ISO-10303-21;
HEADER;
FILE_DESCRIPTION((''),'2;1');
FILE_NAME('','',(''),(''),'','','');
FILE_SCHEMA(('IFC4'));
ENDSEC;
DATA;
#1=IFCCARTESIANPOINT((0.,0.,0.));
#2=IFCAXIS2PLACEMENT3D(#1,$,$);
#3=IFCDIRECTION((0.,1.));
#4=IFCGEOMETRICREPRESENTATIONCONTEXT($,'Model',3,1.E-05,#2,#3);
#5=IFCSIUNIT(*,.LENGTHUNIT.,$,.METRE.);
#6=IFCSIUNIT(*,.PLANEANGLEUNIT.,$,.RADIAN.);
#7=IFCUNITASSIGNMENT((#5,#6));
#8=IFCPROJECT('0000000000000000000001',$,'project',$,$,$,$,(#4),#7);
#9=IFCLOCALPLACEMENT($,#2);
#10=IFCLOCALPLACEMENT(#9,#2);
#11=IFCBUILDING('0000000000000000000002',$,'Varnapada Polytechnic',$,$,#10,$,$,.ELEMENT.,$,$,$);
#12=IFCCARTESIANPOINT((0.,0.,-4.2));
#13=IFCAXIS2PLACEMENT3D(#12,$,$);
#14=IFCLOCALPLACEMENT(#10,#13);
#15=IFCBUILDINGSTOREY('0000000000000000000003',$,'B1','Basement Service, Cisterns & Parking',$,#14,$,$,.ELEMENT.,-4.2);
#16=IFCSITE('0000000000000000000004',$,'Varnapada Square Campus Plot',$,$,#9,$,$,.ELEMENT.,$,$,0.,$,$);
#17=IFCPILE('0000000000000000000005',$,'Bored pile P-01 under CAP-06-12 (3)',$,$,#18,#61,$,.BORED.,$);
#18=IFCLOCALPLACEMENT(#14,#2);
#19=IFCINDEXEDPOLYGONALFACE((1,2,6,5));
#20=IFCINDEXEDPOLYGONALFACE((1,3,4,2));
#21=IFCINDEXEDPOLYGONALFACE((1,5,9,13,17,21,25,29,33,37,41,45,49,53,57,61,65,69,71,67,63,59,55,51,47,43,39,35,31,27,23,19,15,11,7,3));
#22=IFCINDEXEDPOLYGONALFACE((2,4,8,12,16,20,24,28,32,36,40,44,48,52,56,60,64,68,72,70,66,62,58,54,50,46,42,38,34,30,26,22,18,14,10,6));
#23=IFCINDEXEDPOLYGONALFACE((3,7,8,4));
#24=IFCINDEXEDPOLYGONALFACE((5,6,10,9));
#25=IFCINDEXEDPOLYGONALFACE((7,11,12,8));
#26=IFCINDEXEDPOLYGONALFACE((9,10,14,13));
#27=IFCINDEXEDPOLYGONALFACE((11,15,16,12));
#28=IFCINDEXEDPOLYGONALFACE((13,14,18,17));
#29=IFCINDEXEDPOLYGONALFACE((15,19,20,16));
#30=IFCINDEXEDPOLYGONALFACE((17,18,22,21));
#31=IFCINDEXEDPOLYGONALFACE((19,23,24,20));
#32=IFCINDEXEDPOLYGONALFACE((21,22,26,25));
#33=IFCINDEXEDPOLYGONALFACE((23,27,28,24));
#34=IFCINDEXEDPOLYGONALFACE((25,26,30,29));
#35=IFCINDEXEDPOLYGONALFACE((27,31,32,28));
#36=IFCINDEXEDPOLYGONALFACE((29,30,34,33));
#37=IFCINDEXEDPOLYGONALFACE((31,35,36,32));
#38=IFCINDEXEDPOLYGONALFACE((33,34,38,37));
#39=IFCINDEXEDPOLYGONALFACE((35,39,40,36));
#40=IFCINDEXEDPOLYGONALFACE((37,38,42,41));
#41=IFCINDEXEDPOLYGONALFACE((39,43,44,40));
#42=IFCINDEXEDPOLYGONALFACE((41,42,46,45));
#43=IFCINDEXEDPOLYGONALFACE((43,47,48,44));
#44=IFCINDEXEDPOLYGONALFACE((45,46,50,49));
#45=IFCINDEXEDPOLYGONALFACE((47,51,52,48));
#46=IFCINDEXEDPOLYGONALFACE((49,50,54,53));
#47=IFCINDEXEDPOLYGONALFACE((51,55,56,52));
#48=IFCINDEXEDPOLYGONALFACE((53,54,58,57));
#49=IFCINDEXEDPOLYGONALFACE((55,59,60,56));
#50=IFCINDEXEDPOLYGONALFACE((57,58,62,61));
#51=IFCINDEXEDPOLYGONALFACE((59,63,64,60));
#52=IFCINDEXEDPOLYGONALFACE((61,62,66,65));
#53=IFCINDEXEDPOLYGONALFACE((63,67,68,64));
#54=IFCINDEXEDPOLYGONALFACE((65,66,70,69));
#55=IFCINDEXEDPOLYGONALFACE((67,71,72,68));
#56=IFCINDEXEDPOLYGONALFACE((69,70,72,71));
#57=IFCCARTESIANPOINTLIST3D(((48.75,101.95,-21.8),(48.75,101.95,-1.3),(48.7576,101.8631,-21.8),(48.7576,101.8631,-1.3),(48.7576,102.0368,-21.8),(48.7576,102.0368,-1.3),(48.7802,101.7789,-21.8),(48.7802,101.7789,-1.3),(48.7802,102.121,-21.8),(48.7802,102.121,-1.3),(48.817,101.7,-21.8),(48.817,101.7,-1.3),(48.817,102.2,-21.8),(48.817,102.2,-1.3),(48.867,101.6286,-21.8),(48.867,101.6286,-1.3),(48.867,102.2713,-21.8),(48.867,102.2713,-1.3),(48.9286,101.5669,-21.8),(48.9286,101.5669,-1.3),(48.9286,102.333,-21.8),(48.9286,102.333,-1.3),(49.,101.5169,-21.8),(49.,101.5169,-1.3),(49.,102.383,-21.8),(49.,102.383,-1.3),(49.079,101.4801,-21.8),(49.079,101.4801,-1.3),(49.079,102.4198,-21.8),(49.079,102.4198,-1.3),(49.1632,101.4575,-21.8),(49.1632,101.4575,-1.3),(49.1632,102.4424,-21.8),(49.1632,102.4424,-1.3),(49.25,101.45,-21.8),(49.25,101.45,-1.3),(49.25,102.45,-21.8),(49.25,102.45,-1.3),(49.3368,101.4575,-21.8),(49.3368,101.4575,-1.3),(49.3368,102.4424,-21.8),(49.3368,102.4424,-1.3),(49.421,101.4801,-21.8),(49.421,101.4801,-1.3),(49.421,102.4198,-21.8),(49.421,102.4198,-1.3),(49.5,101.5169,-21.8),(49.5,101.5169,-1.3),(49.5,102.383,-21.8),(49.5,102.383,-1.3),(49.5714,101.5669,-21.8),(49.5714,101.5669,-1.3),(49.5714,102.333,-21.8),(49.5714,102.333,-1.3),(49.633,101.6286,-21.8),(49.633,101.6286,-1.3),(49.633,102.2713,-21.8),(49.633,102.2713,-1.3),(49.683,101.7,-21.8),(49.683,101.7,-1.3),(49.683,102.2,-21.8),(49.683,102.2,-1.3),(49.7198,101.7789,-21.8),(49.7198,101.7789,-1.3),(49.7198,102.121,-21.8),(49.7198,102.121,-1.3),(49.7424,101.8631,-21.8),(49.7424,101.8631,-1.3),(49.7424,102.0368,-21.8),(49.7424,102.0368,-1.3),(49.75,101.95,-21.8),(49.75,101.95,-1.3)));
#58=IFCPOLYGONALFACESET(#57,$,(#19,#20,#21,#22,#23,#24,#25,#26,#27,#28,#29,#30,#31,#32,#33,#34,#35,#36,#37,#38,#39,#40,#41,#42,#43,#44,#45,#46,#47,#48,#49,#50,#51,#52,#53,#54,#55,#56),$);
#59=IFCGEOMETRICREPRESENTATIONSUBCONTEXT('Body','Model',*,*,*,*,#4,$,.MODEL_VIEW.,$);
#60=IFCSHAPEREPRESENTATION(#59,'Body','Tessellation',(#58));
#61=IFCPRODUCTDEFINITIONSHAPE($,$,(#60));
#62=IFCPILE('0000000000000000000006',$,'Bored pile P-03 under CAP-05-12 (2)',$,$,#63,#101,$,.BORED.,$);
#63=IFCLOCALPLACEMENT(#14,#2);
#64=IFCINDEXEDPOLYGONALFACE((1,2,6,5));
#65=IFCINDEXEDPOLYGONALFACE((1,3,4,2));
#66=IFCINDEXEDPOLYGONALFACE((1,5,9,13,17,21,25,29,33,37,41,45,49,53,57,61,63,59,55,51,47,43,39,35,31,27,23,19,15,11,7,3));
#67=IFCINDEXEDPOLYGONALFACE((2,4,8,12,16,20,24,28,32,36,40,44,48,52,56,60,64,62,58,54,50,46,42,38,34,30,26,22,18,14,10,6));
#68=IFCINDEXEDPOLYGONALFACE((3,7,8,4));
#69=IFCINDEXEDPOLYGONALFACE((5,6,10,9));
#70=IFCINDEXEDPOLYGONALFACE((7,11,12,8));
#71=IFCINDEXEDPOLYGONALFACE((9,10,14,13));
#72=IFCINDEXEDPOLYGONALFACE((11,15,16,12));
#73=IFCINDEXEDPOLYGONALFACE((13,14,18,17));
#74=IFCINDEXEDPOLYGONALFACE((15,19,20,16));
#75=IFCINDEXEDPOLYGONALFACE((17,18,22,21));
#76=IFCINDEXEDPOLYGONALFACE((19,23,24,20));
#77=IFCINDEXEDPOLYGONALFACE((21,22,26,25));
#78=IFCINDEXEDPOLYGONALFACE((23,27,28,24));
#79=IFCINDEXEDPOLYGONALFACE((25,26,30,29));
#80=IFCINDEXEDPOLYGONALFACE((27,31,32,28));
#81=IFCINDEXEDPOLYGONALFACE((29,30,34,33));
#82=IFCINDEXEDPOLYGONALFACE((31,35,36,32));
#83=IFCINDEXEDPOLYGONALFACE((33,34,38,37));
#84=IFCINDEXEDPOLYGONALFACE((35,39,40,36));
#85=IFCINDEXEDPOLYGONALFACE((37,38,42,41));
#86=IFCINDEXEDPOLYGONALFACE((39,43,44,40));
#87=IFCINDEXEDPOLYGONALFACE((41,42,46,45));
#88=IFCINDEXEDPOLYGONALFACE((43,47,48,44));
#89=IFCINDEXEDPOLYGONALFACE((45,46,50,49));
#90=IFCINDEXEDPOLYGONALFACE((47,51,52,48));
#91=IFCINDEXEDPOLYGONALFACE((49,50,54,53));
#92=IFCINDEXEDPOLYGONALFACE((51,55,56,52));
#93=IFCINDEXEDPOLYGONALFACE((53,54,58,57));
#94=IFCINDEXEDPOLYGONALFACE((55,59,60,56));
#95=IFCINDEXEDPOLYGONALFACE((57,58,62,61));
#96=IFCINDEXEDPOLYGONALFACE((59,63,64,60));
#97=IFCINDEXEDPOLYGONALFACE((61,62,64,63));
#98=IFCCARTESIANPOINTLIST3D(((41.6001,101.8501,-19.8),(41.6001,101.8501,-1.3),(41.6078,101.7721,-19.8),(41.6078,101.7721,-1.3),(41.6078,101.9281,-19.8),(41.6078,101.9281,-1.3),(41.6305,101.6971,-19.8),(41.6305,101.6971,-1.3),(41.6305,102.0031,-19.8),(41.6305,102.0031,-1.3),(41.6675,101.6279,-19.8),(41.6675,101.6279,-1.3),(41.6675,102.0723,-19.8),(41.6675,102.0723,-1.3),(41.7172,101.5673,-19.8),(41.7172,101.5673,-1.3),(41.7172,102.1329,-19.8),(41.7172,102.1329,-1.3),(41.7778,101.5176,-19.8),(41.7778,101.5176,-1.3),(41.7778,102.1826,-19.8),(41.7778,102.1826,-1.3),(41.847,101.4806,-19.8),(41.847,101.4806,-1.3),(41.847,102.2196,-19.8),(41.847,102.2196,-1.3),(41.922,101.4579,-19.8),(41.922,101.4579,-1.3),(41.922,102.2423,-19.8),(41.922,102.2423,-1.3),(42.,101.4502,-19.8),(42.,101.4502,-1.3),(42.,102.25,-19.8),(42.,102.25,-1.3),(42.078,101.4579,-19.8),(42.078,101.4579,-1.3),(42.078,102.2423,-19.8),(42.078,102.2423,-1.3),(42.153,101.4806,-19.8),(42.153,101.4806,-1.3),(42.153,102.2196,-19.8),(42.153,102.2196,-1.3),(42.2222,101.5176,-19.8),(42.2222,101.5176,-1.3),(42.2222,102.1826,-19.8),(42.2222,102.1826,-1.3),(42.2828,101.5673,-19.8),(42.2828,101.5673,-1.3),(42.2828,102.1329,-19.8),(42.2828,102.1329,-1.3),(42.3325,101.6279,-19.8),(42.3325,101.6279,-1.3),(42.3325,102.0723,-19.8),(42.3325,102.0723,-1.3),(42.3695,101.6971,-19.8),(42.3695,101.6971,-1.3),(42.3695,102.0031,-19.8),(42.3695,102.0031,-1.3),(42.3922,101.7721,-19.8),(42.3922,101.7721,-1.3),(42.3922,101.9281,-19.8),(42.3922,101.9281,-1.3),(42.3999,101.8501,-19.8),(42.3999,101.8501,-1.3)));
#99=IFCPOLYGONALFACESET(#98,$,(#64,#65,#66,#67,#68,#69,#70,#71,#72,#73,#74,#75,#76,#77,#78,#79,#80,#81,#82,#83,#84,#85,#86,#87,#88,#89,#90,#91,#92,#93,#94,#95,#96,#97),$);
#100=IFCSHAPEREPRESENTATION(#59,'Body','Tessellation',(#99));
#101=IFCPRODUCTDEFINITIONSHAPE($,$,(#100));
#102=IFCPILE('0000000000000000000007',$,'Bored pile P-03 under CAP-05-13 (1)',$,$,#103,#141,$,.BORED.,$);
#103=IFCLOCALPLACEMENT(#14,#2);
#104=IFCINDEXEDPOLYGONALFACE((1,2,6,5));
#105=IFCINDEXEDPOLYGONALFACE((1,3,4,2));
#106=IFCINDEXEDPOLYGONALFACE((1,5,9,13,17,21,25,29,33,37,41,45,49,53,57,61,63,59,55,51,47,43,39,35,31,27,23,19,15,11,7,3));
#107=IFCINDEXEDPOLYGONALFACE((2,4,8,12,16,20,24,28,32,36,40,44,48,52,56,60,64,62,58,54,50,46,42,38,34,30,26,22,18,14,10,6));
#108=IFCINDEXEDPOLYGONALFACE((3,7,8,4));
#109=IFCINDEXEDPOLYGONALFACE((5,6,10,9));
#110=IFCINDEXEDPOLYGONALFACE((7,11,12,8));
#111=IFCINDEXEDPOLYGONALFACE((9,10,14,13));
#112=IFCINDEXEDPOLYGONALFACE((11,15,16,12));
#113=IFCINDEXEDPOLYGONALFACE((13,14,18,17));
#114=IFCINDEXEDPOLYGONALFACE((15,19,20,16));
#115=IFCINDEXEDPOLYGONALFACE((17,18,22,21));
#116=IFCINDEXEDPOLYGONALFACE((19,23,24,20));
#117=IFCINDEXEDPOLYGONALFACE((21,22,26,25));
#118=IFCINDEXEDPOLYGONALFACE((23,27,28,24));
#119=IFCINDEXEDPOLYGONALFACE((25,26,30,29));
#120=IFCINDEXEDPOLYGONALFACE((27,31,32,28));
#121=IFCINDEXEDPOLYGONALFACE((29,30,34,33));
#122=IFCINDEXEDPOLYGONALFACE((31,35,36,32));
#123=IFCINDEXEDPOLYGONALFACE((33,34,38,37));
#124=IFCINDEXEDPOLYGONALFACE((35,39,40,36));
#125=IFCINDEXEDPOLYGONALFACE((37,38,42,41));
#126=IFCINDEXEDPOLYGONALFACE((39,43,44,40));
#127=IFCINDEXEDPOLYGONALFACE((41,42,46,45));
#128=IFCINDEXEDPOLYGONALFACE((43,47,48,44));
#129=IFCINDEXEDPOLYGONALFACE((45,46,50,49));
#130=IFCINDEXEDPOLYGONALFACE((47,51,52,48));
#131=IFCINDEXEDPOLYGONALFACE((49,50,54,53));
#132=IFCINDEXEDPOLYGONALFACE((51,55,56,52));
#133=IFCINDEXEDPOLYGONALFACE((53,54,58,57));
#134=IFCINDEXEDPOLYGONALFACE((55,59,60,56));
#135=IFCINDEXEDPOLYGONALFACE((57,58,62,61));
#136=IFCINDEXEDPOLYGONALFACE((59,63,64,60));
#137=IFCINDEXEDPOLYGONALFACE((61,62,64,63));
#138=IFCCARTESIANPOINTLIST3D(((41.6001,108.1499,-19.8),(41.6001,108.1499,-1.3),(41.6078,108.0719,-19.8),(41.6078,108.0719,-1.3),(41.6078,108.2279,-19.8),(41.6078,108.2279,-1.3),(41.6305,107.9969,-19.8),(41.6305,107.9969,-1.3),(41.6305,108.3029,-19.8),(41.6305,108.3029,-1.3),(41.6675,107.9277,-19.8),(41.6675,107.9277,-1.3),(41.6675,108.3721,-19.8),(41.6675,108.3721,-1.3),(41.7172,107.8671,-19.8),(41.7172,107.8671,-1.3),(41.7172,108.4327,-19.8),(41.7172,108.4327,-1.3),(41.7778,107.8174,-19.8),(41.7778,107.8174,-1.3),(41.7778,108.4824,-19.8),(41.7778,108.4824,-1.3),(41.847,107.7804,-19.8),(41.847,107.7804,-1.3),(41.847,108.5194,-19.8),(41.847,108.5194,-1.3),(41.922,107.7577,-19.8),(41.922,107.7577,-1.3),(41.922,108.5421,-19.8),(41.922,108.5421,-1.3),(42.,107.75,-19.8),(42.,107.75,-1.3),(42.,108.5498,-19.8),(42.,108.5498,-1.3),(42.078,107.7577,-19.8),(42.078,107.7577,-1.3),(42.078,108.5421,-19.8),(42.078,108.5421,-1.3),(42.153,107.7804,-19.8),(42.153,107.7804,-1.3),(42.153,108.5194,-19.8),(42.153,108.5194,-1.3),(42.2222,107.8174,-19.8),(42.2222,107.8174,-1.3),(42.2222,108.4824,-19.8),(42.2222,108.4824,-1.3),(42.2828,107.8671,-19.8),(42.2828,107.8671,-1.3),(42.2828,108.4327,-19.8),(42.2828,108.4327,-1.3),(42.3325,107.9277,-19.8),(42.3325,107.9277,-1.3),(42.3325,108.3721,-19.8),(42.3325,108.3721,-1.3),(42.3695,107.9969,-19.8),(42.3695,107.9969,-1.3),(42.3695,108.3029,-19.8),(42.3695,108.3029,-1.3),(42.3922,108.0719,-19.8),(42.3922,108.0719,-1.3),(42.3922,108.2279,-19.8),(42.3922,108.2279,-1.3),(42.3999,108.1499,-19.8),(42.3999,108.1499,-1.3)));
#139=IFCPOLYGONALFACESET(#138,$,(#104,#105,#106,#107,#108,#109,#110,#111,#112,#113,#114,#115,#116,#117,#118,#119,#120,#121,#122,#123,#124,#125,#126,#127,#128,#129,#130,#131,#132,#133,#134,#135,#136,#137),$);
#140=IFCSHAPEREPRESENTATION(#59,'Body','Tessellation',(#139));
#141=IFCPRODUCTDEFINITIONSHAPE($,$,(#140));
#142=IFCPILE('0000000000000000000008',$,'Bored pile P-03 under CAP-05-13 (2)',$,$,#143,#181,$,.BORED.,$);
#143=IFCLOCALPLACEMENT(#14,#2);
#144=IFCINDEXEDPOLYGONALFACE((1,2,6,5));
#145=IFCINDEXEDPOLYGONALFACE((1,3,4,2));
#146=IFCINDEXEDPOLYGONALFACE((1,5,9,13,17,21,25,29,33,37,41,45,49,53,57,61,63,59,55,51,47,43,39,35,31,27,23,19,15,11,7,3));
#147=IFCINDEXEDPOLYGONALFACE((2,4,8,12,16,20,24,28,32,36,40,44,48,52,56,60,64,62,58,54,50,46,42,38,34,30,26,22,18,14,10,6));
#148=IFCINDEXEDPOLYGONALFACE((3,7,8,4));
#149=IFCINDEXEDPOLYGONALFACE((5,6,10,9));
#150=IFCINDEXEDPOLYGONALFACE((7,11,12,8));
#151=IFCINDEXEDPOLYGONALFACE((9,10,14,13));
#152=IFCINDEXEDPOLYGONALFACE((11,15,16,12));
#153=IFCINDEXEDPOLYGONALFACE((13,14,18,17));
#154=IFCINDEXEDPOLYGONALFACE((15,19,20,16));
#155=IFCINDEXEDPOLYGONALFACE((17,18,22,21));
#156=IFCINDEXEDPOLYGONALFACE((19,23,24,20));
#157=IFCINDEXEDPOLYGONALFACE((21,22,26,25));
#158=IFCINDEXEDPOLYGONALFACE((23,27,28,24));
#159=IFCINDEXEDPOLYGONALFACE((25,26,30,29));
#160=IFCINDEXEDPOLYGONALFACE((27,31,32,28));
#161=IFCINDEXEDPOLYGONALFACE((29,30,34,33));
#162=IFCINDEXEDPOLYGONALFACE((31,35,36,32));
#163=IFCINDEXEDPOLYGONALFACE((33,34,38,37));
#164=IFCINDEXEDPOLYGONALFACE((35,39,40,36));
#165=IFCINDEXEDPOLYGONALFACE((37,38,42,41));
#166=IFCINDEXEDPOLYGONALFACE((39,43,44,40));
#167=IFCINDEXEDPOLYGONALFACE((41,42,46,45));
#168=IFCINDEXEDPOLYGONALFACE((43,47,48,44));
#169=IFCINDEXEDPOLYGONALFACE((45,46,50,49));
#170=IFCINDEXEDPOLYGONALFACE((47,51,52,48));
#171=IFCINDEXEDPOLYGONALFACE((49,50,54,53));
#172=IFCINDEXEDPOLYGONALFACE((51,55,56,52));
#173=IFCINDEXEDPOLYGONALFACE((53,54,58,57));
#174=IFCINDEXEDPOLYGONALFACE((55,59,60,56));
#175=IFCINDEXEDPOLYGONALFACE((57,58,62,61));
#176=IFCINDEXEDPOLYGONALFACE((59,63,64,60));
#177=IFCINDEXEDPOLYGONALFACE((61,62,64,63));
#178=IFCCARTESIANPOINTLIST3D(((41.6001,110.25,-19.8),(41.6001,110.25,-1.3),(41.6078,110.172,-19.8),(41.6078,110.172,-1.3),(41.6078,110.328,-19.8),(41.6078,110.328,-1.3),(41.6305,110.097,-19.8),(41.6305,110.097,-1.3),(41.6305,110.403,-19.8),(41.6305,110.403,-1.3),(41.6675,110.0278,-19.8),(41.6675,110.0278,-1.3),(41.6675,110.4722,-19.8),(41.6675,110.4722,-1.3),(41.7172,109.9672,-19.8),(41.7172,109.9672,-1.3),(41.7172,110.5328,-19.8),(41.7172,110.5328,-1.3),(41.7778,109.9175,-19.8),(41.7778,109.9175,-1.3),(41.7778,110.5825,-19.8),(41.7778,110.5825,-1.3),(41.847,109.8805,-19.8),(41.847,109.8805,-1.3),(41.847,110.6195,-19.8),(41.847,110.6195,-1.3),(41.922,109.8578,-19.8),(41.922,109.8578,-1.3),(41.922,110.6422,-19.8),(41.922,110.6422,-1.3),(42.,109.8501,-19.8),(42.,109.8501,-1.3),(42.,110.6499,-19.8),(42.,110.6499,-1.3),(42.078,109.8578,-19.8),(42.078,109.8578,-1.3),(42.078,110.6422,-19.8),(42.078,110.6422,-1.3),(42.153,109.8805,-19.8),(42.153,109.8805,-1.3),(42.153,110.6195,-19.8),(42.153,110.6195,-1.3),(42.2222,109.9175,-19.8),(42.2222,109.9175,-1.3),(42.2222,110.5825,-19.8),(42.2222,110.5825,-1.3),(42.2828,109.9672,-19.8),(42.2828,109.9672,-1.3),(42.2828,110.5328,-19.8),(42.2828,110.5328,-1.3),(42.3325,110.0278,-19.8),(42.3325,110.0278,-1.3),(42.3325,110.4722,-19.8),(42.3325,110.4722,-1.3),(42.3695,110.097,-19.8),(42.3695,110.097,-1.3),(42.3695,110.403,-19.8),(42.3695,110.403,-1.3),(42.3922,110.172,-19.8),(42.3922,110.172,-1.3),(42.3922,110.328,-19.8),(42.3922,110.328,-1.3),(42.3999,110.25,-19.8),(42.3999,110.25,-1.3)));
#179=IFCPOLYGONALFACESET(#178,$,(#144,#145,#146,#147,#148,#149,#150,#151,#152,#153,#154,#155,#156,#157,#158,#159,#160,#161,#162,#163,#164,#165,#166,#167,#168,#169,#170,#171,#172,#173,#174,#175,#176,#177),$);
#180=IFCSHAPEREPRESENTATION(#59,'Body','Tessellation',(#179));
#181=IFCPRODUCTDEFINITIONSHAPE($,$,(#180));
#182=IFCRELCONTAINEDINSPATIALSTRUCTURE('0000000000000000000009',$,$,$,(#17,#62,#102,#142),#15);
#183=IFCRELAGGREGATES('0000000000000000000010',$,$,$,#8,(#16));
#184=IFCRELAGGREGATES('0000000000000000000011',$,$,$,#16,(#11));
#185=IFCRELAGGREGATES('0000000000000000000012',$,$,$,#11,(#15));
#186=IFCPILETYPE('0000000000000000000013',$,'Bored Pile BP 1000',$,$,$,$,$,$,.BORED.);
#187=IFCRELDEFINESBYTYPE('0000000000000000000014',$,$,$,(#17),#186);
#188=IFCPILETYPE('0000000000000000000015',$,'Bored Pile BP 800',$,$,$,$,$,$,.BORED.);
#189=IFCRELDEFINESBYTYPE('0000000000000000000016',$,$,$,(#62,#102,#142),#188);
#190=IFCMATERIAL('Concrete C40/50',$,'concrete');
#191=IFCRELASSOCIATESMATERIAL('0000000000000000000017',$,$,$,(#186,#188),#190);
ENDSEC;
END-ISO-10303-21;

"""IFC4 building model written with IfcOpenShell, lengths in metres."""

from ifc_helpers import new_model, si_unit, direction, frame, origin, origin_2d, place, context, subcontext, project, spatial, circle, extrude, material, material_profile, profile_set, type_object, element, save


model = new_model("IFC4")

# Units and contexts
model_context = context("Model", 3, precision=1e-05, world=origin(), true_north=direction((0.0, 1.0)))
body_context = subcontext(model_context, "Body", "Model", "MODEL_VIEW")
ifc_project = project(units=[si_unit("LENGTHUNIT", "METRE"), si_unit("PLANEANGLEUNIT", "RADIAN")], contexts=[model_context])

# Site, building, storey
site_placement = place(None, origin())
site = spatial("IfcSite", under=ifc_project, at=site_placement, Name="Varnapada Square Campus Plot", CompositionType="ELEMENT", RefElevation=0.0)
building_placement = place(site_placement, origin())
building = spatial("IfcBuilding", under=site, at=building_placement, Name="Varnapada Polytechnic", CompositionType="ELEMENT")
storey_placement = place(building_placement, frame((0.0, 0.0, -4.2)))
storey = spatial("IfcBuildingStorey", under=building, at=storey_placement, Name="B1", Description="Basement Service, Cisterns & Parking", CompositionType="ELEMENT", Elevation=-4.2)

# Piles
ifc_material_1 = material(Name="Concrete C40/50", Category="concrete")
ifc_material_profile_1 = material_profile(ifc_material_1, circle(Radius=0.5, at=origin_2d()), Name="BP 1000")
ifc_profile_set_1 = profile_set([ifc_material_profile_1], Name="Concrete C40/50")
pile_type_1 = type_object("IfcPileType", Name="Bored Pile BP 1000", PredefinedType="BORED", material=ifc_profile_set_1)
pile_placement = place(storey_placement, frame((49.25, 101.95, -1.3), z_axis=(0.0, 0.0, -1.0), x_axis=(1.0, 0.0, 0.0)))
element("IfcPile", 1, at=pile_placement, inside=storey, type_object=pile_type_1, Name="Bored pile P-01 under CAP-06-12 (3)", PredefinedType="BORED", context=body_context, shape_type="SweptSolid", body=[
    extrude(circle(Radius=0.5, at=origin_2d()), origin(), (0.0, 0.0, 1.0), 20.5),
])
ifc_material_profile_2 = material_profile(ifc_material_1, circle(Radius=0.3999, at=origin_2d()), Name="BP 800")
ifc_profile_set_2 = profile_set([ifc_material_profile_2], Name="Concrete C40/50")
pile_type_2 = type_object("IfcPileType", Name="Bored Pile BP 800", PredefinedType="BORED", material=ifc_profile_set_2)
for number, where, z_axis, x_axis, name in (
    (2, (42.0, 101.8501, -1.3), (0.0, 0.0, -1.0), (1.0, 0.0, 0.0), "Bored pile P-03 under CAP-05-12 (2)"),
    (3, (42.0, 108.1499, -1.3), (0.0, 0.0, -1.0), (1.0, 0.0, 0.0), "Bored pile P-03 under CAP-05-13 (1)"),
    (4, (42.0, 110.25, -1.3), (0.0, 0.0, -1.0), (1.0, 0.0, 0.0), "Bored pile P-03 under CAP-05-13 (2)"),
):
    element("IfcPile", number, at=place(storey_placement, frame(where, z_axis=z_axis, x_axis=x_axis)), inside=storey, type_object=pile_type_2, Name=name, PredefinedType="BORED", context=body_context, shape_type="SweptSolid", body=[
        extrude(circle(Radius=0.3999, at=origin_2d()), origin(), (0.0, 0.0, 1.0), 18.5),
    ])

save(model, "model.ifc")
